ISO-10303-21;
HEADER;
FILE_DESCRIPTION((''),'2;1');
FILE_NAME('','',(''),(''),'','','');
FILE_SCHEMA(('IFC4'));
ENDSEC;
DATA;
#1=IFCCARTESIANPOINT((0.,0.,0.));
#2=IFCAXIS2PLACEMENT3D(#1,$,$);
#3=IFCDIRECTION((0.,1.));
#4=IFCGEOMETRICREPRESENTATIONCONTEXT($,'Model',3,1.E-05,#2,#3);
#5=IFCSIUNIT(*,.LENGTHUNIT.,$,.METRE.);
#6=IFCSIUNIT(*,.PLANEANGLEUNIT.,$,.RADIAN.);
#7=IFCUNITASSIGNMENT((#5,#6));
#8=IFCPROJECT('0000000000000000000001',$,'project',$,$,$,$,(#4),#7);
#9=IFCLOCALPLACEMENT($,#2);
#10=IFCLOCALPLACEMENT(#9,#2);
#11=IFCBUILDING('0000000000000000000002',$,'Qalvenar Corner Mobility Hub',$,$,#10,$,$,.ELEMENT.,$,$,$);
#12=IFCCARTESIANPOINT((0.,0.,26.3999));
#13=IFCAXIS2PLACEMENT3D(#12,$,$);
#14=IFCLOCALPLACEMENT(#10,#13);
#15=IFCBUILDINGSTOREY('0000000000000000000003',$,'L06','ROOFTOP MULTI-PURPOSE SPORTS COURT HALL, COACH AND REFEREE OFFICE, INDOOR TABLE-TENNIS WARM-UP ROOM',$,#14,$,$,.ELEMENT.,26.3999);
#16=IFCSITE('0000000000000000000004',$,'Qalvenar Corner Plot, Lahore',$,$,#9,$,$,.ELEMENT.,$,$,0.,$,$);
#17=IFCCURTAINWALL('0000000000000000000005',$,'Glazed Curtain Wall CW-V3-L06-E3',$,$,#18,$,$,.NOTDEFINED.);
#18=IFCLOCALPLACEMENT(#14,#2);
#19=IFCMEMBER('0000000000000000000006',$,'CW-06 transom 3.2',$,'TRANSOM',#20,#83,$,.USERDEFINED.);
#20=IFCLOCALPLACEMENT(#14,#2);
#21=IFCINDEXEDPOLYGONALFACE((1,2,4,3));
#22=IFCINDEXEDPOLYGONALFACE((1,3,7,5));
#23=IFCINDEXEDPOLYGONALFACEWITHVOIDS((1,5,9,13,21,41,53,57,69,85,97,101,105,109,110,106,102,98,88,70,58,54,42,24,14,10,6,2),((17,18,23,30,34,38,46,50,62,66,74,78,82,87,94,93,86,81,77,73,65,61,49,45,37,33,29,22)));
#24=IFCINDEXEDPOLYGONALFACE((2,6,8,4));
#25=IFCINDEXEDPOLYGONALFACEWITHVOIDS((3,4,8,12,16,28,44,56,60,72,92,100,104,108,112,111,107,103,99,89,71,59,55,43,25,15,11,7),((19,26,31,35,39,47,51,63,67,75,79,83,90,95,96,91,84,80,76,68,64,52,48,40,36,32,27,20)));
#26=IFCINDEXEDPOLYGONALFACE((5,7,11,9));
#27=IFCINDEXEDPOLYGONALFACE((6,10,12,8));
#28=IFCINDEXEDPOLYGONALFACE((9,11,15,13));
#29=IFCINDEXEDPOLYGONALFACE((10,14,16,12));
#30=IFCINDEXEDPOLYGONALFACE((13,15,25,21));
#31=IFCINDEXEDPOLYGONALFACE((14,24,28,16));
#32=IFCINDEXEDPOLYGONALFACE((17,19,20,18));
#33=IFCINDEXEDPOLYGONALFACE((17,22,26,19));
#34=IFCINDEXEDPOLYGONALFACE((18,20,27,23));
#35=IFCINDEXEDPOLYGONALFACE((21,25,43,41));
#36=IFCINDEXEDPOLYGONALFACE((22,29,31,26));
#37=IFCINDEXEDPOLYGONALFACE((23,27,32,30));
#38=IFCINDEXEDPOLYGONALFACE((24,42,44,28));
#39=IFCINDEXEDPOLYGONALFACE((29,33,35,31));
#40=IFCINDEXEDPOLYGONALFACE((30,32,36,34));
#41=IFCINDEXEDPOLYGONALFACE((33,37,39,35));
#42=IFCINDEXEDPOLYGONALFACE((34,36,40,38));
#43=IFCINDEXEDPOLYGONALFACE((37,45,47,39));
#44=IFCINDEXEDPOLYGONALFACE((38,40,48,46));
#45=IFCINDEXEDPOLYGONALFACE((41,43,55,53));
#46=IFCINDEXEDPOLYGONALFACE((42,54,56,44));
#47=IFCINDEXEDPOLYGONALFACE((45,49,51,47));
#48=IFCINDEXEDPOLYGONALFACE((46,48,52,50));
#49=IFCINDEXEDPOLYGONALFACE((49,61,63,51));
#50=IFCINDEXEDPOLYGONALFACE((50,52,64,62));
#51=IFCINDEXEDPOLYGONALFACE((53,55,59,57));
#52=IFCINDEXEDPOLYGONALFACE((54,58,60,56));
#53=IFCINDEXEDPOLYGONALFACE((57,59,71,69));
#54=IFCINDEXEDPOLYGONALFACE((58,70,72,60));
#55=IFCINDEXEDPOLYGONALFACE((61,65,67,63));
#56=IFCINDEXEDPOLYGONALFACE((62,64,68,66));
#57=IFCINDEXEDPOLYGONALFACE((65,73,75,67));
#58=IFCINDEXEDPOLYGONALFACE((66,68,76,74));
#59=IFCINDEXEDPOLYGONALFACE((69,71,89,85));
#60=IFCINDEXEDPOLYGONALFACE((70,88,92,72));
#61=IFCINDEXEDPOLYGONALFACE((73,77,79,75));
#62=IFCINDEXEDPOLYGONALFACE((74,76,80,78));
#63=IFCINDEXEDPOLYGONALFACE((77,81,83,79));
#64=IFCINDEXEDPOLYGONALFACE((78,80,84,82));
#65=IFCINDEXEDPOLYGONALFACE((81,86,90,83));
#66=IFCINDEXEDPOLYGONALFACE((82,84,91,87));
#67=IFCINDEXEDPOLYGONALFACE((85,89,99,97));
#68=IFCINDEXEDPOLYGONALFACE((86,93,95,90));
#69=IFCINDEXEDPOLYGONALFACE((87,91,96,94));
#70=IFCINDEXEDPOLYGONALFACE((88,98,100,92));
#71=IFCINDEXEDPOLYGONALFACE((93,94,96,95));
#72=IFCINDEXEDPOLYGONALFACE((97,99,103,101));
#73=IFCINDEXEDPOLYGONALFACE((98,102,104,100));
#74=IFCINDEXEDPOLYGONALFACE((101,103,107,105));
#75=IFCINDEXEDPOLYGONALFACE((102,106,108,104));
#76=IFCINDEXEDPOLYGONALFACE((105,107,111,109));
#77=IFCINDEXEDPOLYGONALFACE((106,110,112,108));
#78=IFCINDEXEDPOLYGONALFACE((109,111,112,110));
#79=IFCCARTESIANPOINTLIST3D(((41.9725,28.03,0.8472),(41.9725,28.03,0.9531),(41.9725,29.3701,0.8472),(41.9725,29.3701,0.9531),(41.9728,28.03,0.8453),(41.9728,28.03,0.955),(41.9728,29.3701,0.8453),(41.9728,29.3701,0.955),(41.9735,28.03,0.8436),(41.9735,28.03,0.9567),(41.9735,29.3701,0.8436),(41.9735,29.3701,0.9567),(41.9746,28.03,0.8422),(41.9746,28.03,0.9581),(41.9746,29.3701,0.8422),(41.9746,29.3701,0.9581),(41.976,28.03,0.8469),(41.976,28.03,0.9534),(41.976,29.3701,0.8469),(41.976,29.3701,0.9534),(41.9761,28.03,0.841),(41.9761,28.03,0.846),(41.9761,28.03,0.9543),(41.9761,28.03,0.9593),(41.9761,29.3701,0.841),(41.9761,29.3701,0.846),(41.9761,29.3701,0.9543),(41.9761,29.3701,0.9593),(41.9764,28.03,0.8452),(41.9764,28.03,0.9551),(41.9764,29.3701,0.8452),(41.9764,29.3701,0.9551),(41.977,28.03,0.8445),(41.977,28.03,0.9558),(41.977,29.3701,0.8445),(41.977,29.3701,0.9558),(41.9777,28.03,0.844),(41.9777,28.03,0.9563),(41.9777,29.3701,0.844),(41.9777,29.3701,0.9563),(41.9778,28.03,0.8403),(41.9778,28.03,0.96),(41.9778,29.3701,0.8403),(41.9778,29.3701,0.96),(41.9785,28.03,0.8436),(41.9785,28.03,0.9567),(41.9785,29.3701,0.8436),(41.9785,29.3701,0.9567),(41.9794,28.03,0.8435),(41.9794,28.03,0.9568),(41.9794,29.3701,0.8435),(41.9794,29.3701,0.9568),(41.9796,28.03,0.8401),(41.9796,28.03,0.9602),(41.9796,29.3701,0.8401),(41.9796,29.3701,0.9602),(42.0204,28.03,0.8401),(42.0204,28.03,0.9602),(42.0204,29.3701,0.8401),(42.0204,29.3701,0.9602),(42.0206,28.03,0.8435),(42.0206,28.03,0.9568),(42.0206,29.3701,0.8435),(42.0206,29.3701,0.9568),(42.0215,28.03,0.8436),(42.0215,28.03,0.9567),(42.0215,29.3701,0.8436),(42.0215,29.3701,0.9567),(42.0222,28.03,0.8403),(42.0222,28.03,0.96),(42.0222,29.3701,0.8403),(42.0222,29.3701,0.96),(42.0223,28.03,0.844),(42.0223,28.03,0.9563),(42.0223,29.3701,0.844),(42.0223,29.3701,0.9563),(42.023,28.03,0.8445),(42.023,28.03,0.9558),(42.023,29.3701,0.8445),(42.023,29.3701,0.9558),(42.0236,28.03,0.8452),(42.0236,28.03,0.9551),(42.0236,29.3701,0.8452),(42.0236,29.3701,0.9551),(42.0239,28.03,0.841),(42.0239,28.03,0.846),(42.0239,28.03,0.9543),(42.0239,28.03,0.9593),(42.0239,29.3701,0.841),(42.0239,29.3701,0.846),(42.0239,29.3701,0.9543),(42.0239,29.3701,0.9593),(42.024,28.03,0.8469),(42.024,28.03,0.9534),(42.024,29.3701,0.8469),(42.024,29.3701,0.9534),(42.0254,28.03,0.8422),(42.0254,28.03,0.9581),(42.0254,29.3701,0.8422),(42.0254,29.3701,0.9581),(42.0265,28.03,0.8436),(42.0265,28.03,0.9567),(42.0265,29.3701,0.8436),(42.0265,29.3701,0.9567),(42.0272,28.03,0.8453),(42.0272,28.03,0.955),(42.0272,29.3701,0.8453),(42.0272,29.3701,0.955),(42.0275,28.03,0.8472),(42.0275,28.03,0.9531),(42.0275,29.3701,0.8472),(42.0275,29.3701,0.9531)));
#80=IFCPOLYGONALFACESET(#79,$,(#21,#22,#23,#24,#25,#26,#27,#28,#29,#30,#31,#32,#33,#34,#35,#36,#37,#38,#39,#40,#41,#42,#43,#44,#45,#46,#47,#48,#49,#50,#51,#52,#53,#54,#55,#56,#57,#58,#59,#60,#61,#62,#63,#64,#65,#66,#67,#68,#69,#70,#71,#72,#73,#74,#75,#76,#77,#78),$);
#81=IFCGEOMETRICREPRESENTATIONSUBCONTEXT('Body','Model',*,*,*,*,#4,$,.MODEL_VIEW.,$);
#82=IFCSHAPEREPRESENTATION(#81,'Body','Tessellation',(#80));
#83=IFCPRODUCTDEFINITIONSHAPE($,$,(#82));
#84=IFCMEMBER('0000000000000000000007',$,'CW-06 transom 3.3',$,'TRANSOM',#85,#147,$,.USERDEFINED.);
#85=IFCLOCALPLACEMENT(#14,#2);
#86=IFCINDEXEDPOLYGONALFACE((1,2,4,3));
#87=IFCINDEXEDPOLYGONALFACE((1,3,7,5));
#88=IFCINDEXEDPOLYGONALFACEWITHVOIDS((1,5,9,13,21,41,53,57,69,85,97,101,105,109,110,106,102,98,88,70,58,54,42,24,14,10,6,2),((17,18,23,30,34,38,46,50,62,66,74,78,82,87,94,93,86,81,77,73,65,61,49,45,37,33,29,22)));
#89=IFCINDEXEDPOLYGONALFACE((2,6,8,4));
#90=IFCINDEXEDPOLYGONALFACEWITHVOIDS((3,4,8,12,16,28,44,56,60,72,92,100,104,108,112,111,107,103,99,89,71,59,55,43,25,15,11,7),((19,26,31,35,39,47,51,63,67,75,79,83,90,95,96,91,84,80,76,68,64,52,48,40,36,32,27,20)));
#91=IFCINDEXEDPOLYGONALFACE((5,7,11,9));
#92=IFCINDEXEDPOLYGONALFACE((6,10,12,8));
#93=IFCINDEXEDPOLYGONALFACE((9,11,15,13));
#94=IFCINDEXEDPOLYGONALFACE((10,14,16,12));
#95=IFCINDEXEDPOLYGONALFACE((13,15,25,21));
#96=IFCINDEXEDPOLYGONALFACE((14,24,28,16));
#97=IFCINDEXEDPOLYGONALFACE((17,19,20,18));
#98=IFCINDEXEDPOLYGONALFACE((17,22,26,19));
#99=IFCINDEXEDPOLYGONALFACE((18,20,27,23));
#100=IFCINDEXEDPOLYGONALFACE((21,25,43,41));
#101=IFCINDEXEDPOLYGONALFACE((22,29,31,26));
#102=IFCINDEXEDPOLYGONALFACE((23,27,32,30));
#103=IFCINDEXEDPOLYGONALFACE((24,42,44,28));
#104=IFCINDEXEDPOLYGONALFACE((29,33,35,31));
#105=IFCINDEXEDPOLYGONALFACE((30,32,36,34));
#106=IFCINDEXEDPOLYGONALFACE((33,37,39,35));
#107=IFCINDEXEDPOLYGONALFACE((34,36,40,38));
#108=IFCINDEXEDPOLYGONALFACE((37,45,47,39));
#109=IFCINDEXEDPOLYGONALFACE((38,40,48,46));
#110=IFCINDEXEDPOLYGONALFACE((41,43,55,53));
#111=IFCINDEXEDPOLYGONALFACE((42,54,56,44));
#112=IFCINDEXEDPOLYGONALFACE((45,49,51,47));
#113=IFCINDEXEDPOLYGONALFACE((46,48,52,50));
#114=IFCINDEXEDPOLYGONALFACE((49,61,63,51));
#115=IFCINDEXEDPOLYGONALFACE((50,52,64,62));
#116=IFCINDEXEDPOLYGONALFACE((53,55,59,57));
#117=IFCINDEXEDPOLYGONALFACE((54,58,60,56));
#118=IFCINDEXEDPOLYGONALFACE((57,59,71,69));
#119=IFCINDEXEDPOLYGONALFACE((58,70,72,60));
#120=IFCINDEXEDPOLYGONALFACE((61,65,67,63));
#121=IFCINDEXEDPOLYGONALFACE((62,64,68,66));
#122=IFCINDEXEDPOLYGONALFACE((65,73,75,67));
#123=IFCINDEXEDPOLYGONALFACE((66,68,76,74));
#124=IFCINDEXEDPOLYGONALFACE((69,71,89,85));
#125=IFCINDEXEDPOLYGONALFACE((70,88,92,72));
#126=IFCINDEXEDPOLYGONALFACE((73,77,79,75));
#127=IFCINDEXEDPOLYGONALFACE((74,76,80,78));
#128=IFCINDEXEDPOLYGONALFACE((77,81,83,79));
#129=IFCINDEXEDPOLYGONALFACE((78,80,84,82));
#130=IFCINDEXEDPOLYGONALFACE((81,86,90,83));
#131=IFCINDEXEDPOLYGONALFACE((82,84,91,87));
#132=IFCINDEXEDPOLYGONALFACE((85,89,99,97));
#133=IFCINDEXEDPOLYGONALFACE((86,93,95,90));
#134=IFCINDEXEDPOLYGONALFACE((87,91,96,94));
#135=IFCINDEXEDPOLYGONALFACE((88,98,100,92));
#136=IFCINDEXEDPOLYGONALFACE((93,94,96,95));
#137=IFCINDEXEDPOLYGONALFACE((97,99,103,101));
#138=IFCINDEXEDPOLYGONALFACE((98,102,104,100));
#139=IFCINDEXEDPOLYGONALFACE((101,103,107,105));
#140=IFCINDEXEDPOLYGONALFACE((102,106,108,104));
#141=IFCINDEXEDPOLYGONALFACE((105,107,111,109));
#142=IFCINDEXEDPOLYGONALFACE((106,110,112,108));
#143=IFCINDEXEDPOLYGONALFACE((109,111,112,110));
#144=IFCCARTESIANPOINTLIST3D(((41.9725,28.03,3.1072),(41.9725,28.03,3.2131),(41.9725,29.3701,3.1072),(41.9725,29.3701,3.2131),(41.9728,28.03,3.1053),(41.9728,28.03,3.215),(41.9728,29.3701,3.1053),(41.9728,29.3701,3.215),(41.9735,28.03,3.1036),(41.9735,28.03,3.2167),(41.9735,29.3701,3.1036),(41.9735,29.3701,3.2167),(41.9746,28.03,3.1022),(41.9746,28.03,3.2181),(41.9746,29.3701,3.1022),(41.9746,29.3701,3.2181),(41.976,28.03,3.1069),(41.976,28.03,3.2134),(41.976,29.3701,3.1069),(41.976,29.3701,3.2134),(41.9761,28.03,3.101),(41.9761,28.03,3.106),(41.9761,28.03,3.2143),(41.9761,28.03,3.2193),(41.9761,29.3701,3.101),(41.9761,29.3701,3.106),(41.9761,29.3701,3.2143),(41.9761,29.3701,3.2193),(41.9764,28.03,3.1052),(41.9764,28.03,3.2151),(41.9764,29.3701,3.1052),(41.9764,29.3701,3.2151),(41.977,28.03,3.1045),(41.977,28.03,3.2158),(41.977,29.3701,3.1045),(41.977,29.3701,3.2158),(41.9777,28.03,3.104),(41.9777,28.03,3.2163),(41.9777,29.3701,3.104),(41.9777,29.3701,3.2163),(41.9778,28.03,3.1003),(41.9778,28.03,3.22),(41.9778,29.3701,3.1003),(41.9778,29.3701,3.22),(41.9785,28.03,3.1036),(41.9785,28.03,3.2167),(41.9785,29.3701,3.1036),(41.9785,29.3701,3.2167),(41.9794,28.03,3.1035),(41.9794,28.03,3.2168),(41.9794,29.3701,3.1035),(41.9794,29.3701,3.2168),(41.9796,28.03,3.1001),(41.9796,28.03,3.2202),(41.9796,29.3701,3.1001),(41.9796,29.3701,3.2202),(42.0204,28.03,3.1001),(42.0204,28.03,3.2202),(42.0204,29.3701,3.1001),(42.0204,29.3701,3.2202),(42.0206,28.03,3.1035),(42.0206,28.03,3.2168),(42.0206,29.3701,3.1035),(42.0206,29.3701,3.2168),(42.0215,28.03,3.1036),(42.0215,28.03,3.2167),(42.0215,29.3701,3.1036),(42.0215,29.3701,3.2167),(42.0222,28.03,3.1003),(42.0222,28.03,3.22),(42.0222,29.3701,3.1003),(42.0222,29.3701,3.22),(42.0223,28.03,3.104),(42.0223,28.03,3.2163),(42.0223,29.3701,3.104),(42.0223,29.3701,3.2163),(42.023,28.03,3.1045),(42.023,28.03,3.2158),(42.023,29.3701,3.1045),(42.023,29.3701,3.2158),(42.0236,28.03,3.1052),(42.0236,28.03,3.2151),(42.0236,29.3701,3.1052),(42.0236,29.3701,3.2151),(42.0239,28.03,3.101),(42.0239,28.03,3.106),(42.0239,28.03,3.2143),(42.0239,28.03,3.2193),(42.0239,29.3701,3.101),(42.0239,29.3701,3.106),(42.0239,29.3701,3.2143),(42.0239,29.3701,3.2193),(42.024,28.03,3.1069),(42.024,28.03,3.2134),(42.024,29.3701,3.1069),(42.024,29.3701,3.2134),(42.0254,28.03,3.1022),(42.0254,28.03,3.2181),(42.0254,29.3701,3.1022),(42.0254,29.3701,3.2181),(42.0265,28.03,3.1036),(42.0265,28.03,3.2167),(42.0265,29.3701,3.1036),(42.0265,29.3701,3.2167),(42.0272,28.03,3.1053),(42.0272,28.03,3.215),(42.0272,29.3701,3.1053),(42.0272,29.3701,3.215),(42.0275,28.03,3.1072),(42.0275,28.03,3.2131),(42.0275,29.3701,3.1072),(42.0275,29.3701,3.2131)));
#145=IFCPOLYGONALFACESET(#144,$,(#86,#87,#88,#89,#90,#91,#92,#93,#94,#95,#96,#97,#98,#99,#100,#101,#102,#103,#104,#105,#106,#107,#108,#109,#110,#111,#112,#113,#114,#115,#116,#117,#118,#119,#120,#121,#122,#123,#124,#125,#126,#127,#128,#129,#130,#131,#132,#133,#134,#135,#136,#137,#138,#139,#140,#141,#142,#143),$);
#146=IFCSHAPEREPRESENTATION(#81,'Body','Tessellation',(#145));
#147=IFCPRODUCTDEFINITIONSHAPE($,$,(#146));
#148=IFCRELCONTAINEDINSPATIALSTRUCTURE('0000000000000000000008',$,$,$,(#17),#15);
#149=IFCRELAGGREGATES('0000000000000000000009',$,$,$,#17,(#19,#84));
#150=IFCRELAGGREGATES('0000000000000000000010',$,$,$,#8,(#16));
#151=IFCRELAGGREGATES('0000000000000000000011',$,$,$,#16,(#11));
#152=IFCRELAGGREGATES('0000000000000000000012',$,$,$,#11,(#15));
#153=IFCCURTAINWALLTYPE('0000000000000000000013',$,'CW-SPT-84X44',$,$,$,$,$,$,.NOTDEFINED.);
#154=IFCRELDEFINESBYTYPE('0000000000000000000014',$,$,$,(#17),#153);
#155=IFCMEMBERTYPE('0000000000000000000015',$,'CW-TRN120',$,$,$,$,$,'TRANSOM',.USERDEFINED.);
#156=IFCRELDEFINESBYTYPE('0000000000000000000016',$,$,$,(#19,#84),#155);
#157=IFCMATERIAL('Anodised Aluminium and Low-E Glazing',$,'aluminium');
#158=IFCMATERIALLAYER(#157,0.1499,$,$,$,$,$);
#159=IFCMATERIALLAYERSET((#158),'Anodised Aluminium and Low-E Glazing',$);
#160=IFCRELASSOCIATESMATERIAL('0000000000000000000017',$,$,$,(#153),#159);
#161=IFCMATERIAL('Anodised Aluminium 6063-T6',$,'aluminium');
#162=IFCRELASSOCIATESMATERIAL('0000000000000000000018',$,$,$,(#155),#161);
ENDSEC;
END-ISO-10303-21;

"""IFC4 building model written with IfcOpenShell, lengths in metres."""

from ifc_helpers import new_model, si_unit, direction, frame, origin, origin_2d, place, context, subcontext, project, spatial, hollow_rectangle, extrude, material, layer, layer_set, material_profile, profile_set, type_object, element, aggregate, save


model = new_model("IFC4")

# Units and contexts
model_context = context("Model", 3, precision=1e-05, world=origin(), true_north=direction((0.0, 1.0)))
body_context = subcontext(model_context, "Body", "Model", "MODEL_VIEW")
ifc_project = project(units=[si_unit("LENGTHUNIT", "METRE"), si_unit("PLANEANGLEUNIT", "RADIAN")], contexts=[model_context])

# Site, building, storey
site_placement = place(None, origin())
site = spatial("IfcSite", under=ifc_project, at=site_placement, Name="Qalvenar Corner Plot, Lahore", CompositionType="ELEMENT", RefElevation=0.0)
building_placement = place(site_placement, origin())
building = spatial("IfcBuilding", under=site, at=building_placement, Name="Qalvenar Corner Mobility Hub", CompositionType="ELEMENT")
storey_placement = place(building_placement, frame((0.0, 0.0, 26.3999)))
storey = spatial("IfcBuildingStorey", under=building, at=storey_placement, Name="L06", Description="ROOFTOP MULTI-PURPOSE SPORTS COURT HALL, COACH AND REFEREE OFFICE, INDOOR TABLE-TENNIS WARM-UP ROOM", CompositionType="ELEMENT", Elevation=26.3999)

# Shared definitions
ifc_material_1 = material(Name="Anodised Aluminium and Low-E Glazing", Category="aluminium")
ifc_material_2 = material(Name="Anodised Aluminium 6063-T6", Category="aluminium")

# Curtain wall
ifc_layer_1 = layer(ifc_material_1, 0.1499)
ifc_layer_set_1 = layer_set([ifc_layer_1], Name="Anodised Aluminium and Low-E Glazing")
curtain_wall_type_1 = type_object("IfcCurtainWallType", Name="CW-SPT-84X44", PredefinedType="NOTDEFINED", material=ifc_layer_set_1)
curtain_wall_1_placement = place(storey_placement, origin())
curtain_wall_1 = element("IfcCurtainWall", 1, at=curtain_wall_1_placement, inside=storey, type_object=curtain_wall_type_1, Name="Glazed Curtain Wall CW-V3-L06-E3", PredefinedType="NOTDEFINED")

# Members
ifc_material_profile_1 = material_profile(ifc_material_2, hollow_rectangle(XDim=0.0549, YDim=0.1201, WallThickness=0.0034, InnerFilletRadius=0.0034, OuterFilletRadius=0.0071, at=origin_2d()), Name="RHS120x55x3.5")
ifc_profile_set_1 = profile_set([ifc_material_profile_1], Name="Anodised Aluminium 6063-T6")
member_type_1 = type_object("IfcMemberType", Name="CW-TRN120", ElementType="TRANSOM", PredefinedType="USERDEFINED", material=ifc_profile_set_1)
member_1_placement = place(storey_placement, frame((42.0, 28.03, 0.9001), z_axis=(0.0, 1.0, 0.0), x_axis=(-1.0, 0.0, 0.0)))
member_1 = element("IfcMember", 2, at=member_1_placement, type_object=member_type_1, Name="CW-06 transom 3.2", ObjectType="TRANSOM", PredefinedType="USERDEFINED", context=body_context, shape_type="SweptSolid", body=[
    extrude(hollow_rectangle(XDim=0.0549, YDim=0.1201, WallThickness=0.0034, InnerFilletRadius=0.0034, OuterFilletRadius=0.0071, at=origin_2d()), origin(), (0.0, 0.0, 1.0), 1.3401),
])
member_2_placement = place(storey_placement, frame((42.0, 28.03, 3.1602), z_axis=(0.0, 1.0, 0.0), x_axis=(-1.0, 0.0, 0.0)))
member_2 = element("IfcMember", 3, at=member_2_placement, type_object=member_type_1, Name="CW-06 transom 3.3", ObjectType="TRANSOM", PredefinedType="USERDEFINED", context=body_context, shape_type="SweptSolid", body=[
    extrude(hollow_rectangle(XDim=0.0549, YDim=0.1201, WallThickness=0.0034, InnerFilletRadius=0.0034, OuterFilletRadius=0.0071, at=origin_2d()), origin(), (0.0, 0.0, 1.0), 1.3401),
])

aggregate(curtain_wall_1, [member_1, member_2])

save(model, "model.ifc")
